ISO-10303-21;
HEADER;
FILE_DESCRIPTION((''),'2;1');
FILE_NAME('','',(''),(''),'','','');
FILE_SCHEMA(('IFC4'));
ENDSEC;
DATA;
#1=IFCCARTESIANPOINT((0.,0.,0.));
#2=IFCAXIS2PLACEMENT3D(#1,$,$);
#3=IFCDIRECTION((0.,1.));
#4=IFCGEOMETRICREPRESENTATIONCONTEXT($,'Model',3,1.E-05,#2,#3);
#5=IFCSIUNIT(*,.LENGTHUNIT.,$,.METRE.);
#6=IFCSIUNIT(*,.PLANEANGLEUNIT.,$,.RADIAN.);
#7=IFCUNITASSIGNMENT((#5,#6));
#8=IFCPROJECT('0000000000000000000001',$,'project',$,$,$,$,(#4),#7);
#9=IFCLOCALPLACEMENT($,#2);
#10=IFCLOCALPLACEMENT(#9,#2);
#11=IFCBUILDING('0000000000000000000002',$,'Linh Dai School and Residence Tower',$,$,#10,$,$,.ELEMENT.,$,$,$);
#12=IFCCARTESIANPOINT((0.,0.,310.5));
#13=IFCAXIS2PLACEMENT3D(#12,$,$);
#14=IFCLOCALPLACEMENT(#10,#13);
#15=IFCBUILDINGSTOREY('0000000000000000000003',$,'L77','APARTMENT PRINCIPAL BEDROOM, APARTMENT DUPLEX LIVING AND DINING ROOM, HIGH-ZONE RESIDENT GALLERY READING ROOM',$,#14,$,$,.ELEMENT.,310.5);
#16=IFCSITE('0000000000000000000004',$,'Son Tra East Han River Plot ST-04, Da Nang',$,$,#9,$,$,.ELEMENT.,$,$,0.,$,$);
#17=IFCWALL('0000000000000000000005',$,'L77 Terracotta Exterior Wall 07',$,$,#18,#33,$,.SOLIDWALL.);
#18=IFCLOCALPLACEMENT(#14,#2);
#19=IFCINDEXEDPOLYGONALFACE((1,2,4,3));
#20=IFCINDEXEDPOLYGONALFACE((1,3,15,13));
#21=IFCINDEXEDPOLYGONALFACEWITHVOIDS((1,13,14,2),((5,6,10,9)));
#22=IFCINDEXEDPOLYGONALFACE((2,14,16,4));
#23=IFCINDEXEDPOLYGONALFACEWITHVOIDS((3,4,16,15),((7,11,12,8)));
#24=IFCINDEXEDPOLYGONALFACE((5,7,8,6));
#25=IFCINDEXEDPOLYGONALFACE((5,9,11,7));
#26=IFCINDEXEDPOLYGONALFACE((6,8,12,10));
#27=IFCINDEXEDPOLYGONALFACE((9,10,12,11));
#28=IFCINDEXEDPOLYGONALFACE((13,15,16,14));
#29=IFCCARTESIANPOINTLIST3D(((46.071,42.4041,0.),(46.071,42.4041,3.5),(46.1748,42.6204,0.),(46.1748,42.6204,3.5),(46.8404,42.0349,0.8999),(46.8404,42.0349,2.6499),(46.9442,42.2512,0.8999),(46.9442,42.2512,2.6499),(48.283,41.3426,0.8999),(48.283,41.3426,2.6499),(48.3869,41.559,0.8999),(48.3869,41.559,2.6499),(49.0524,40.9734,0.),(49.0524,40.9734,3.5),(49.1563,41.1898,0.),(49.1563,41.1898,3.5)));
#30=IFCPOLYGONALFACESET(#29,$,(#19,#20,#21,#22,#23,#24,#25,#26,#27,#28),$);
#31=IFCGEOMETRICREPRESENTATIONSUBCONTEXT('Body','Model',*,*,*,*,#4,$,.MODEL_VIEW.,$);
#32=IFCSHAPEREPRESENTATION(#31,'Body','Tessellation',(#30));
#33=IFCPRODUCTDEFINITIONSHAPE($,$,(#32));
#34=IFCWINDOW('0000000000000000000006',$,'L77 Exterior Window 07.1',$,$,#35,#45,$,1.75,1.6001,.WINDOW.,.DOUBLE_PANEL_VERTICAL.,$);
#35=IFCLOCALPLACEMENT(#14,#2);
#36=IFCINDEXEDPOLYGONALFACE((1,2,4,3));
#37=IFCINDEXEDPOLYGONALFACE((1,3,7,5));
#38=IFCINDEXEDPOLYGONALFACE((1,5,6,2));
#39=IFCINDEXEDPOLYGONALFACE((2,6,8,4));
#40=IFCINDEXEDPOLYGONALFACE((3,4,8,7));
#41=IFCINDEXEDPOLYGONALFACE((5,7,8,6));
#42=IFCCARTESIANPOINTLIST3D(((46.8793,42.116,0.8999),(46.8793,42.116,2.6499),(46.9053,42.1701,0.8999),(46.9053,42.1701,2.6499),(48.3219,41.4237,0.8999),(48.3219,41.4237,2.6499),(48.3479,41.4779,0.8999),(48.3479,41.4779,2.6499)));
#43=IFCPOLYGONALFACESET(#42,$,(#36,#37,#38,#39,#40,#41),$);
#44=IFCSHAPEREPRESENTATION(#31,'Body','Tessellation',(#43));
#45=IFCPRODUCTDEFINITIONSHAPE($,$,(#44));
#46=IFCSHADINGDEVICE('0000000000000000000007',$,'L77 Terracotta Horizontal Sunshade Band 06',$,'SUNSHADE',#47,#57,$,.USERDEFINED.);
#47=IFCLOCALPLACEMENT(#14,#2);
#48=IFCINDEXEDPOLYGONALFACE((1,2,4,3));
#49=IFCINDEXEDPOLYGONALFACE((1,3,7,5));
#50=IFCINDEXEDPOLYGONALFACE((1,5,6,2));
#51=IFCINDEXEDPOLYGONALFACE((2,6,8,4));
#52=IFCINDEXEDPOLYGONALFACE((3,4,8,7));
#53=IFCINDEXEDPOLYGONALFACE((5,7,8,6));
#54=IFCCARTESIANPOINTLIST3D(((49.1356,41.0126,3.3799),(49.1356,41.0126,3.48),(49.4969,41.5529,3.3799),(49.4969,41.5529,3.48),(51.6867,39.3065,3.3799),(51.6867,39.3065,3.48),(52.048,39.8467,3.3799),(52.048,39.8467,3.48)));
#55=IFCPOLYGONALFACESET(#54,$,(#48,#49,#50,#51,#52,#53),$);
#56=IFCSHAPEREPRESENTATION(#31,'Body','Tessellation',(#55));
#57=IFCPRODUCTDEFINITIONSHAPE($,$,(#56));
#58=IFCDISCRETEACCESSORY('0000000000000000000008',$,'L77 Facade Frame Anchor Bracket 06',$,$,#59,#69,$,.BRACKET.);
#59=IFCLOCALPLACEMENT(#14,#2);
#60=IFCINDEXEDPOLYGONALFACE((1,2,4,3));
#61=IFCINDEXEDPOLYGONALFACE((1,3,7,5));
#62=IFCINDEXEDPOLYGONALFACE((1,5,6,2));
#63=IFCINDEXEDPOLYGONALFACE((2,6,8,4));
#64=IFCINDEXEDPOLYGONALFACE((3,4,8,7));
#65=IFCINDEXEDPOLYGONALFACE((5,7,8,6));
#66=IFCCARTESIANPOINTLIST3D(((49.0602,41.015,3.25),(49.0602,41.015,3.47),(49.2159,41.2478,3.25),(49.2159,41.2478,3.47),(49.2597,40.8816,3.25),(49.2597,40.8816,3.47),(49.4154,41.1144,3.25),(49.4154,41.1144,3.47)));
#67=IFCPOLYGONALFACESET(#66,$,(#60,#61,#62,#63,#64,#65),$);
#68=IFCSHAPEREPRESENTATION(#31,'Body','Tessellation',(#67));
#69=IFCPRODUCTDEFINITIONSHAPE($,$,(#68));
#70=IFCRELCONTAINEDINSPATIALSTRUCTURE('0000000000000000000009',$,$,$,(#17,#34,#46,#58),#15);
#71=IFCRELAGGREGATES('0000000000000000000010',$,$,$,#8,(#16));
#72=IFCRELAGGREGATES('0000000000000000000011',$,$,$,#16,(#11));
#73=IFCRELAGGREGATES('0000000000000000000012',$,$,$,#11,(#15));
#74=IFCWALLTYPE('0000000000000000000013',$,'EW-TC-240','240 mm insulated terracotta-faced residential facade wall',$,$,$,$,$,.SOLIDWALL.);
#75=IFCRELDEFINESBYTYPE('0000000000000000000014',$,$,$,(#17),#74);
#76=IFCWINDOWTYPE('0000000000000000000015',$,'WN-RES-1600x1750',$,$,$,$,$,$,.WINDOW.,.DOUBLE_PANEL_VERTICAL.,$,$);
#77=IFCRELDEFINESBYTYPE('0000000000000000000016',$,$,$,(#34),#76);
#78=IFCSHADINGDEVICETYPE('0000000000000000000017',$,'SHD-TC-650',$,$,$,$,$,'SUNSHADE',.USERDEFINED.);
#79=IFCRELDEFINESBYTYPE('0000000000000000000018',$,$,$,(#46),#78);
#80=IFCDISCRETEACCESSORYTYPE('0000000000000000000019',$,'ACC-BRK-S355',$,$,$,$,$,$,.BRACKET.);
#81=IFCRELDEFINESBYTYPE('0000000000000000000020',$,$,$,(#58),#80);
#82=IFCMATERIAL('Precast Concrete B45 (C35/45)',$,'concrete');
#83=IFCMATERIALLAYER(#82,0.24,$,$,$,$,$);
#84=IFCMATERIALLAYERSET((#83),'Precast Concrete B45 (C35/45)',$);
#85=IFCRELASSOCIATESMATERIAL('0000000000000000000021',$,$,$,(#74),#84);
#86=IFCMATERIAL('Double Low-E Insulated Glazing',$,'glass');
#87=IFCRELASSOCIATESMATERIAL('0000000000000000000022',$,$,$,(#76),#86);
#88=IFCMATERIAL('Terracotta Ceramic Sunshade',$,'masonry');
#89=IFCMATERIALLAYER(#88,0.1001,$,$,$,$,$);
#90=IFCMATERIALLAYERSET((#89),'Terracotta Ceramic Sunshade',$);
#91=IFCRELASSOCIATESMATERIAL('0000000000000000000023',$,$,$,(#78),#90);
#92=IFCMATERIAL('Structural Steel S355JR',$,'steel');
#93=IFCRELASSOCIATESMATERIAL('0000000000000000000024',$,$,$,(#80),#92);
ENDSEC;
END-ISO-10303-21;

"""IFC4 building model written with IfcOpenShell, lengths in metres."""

from ifc_helpers import new_model, si_unit, direction, frame, frame_2d, origin, origin_2d, place, context, subcontext, project, spatial, rectangle, extrude, source, transform, mapped, material, layer, layer_set, type_object, element, fill, save


model = new_model("IFC4")

# Units and contexts
model_context = context("Model", 3, precision=1e-05, world=origin(), true_north=direction((0.0, 1.0)))
body_context = subcontext(model_context, "Body", "Model", "MODEL_VIEW")
ifc_project = project(units=[si_unit("LENGTHUNIT", "METRE"), si_unit("PLANEANGLEUNIT", "RADIAN")], contexts=[model_context])

# Site, building, storey
site_placement = place(None, origin())
site = spatial("IfcSite", under=ifc_project, at=site_placement, Name="Son Tra East Han River Plot ST-04, Da Nang", CompositionType="ELEMENT", RefElevation=0.0)
building_placement = place(site_placement, origin())
building = spatial("IfcBuilding", under=site, at=building_placement, Name="Linh Dai School and Residence Tower", CompositionType="ELEMENT")
storey_placement = place(building_placement, frame((0.0, 0.0, 310.5)))
storey = spatial("IfcBuildingStorey", under=building, at=storey_placement, Name="L77", Description="APARTMENT PRINCIPAL BEDROOM, APARTMENT DUPLEX LIVING AND DINING ROOM, HIGH-ZONE RESIDENT GALLERY READING ROOM", CompositionType="ELEMENT", Elevation=310.5)

# Shared definitions
ifc_material_1 = material(Name="Structural Steel S355JR", Category="steel")

# Shared definitions
ifc_material_2 = material(Name="Precast Concrete B45 (C35/45)", Category="concrete")

# Shared definitions
ifc_material_3 = material(Name="Double Low-E Insulated Glazing", Category="glass")

# Shared definitions
ifc_layer_1 = layer(ifc_material_2, 0.24)
ifc_layer_set_1 = layer_set([ifc_layer_1], Name="Precast Concrete B45 (C35/45)")
wall_type = type_object("IfcWallType", Name="EW-TC-240", Description="240 mm insulated terracotta-faced residential facade wall", PredefinedType="SOLIDWALL", material=ifc_layer_set_1)

# Wall, opening, window
wall_1_placement = place(storey_placement, frame((46.123, 42.5122, 0.0), z_axis=(0.0, 0.0, 1.0), x_axis=(0.901574, -0.432625, 0.0)))
wall_1 = element("IfcWall", 1, at=wall_1_placement, inside=storey, type_object=wall_type, Name="L77 Terracotta Exterior Wall 07", PredefinedType="SOLIDWALL", context=body_context, shape_type="SweptSolid", body=[
    extrude(rectangle(XDim=3.3069, YDim=0.24, at=frame_2d((1.6533, 0.0))), origin(), (0.0, 0.0, 1.0), 3.5),
])
opening_1_placement = place(wall_1_placement, frame((0.8533, 0.0, 0.8999)))
opening_1 = element("IfcOpeningElement", 2, at=opening_1_placement, cuts=wall_1, PredefinedType="OPENING", context=body_context, shape_type="SweptSolid", body=[
    extrude(rectangle(XDim=1.6001, YDim=1.75, at=origin_2d()), frame((0.8, 0.1299, 0.875), z_axis=(0.0, -1.0, 0.0), x_axis=(1.0, 0.0, 0.0)), (0.0, 0.0, 1.0), 0.26),
])
window_type_1 = type_object("IfcWindowType", Name="WN-RES-1600x1750", PartitioningType="DOUBLE_PANEL_VERTICAL", PredefinedType="WINDOW", material=ifc_material_3)
shared_shape_1 = source(origin(), body_context, "Body", "SweptSolid", [
    extrude(rectangle(XDim=1.6001, YDim=1.75, at=origin_2d()), frame((0.8, 0.03, 0.875), z_axis=(0.0, -1.0, 0.0), x_axis=(1.0, 0.0, 0.0)), (0.0, 0.0, 1.0), 0.0601),
])
window_1_placement = place(opening_1_placement, origin())
window_1 = element("IfcWindow", 3, at=window_1_placement, inside=storey, type_object=window_type_1, Name="L77 Exterior Window 07.1", OverallHeight=1.75, OverallWidth=1.6001, PartitioningType="DOUBLE_PANEL_VERTICAL", PredefinedType="WINDOW", context=body_context, shape_type="MappedRepresentation", body=[
    mapped(shared_shape_1, transform((0.0, 0.0, 0.0), x_axis=(1.0, 0.0, 0.0), y_axis=(0.0, 1.0, 0.0), z_axis=(0.0, 0.0, 1.0), scale=1.0)),
])
fill(opening_1, window_1)

# Shading device
ifc_material_4 = material(Name="Terracotta Ceramic Sunshade", Category="masonry")
ifc_layer_2 = layer(ifc_material_4, 0.1001)
ifc_layer_set_2 = layer_set([ifc_layer_2], Name="Terracotta Ceramic Sunshade")
shading_device_type = type_object("IfcShadingDeviceType", Name="SHD-TC-650", ElementType="SUNSHADE", PredefinedType="USERDEFINED", material=ifc_layer_set_2)
shared_shape_2 = source(origin(), body_context, "Body", "SweptSolid", [
    extrude(rectangle(XDim=3.0691, YDim=0.6499, at=origin_2d()), origin(), (0.0, 0.0, 1.0), 0.1001),
])
shading_device_placement = place(storey_placement, frame((50.5918, 40.4297, 3.3799), z_axis=(0.0, 0.0, 1.0), x_axis=(0.831244, -0.555908, 0.0)))
element("IfcShadingDevice", 4, at=shading_device_placement, inside=storey, type_object=shading_device_type, Name="L77 Terracotta Horizontal Sunshade Band 06", ObjectType="SUNSHADE", PredefinedType="USERDEFINED", context=body_context, shape_type="MappedRepresentation", body=[
    mapped(shared_shape_2, transform((0.0, 0.0, 0.0), x_axis=(1.0, 0.0, 0.0), y_axis=(0.0, 1.0, 0.0), z_axis=(0.0, 0.0, 1.0), scale=1.0)),
])

# Discrete accessory
discrete_accessory_type = type_object("IfcDiscreteAccessoryType", Name="ACC-BRK-S355", PredefinedType="BRACKET", material=ifc_material_1)
shared_shape_3 = source(origin(), body_context, "Body", "SweptSolid", [
    extrude(rectangle(XDim=0.28, YDim=0.24, at=origin_2d()), origin(), (0.0, 0.0, 1.0), 0.22),
])
discrete_accessory_placement = place(storey_placement, frame((49.2378, 41.0647, 3.25), z_axis=(0.0, 0.0, 1.0), x_axis=(0.555908, 0.831244, 0.0)))
element("IfcDiscreteAccessory", 5, at=discrete_accessory_placement, inside=storey, type_object=discrete_accessory_type, Name="L77 Facade Frame Anchor Bracket 06", PredefinedType="BRACKET", context=body_context, shape_type="MappedRepresentation", body=[
    mapped(shared_shape_3, transform((0.0, 0.0, 0.0), x_axis=(1.0, 0.0, 0.0), y_axis=(0.0, 1.0, 0.0), z_axis=(0.0, 0.0, 1.0), scale=1.0)),
])

save(model, "model.ifc")
